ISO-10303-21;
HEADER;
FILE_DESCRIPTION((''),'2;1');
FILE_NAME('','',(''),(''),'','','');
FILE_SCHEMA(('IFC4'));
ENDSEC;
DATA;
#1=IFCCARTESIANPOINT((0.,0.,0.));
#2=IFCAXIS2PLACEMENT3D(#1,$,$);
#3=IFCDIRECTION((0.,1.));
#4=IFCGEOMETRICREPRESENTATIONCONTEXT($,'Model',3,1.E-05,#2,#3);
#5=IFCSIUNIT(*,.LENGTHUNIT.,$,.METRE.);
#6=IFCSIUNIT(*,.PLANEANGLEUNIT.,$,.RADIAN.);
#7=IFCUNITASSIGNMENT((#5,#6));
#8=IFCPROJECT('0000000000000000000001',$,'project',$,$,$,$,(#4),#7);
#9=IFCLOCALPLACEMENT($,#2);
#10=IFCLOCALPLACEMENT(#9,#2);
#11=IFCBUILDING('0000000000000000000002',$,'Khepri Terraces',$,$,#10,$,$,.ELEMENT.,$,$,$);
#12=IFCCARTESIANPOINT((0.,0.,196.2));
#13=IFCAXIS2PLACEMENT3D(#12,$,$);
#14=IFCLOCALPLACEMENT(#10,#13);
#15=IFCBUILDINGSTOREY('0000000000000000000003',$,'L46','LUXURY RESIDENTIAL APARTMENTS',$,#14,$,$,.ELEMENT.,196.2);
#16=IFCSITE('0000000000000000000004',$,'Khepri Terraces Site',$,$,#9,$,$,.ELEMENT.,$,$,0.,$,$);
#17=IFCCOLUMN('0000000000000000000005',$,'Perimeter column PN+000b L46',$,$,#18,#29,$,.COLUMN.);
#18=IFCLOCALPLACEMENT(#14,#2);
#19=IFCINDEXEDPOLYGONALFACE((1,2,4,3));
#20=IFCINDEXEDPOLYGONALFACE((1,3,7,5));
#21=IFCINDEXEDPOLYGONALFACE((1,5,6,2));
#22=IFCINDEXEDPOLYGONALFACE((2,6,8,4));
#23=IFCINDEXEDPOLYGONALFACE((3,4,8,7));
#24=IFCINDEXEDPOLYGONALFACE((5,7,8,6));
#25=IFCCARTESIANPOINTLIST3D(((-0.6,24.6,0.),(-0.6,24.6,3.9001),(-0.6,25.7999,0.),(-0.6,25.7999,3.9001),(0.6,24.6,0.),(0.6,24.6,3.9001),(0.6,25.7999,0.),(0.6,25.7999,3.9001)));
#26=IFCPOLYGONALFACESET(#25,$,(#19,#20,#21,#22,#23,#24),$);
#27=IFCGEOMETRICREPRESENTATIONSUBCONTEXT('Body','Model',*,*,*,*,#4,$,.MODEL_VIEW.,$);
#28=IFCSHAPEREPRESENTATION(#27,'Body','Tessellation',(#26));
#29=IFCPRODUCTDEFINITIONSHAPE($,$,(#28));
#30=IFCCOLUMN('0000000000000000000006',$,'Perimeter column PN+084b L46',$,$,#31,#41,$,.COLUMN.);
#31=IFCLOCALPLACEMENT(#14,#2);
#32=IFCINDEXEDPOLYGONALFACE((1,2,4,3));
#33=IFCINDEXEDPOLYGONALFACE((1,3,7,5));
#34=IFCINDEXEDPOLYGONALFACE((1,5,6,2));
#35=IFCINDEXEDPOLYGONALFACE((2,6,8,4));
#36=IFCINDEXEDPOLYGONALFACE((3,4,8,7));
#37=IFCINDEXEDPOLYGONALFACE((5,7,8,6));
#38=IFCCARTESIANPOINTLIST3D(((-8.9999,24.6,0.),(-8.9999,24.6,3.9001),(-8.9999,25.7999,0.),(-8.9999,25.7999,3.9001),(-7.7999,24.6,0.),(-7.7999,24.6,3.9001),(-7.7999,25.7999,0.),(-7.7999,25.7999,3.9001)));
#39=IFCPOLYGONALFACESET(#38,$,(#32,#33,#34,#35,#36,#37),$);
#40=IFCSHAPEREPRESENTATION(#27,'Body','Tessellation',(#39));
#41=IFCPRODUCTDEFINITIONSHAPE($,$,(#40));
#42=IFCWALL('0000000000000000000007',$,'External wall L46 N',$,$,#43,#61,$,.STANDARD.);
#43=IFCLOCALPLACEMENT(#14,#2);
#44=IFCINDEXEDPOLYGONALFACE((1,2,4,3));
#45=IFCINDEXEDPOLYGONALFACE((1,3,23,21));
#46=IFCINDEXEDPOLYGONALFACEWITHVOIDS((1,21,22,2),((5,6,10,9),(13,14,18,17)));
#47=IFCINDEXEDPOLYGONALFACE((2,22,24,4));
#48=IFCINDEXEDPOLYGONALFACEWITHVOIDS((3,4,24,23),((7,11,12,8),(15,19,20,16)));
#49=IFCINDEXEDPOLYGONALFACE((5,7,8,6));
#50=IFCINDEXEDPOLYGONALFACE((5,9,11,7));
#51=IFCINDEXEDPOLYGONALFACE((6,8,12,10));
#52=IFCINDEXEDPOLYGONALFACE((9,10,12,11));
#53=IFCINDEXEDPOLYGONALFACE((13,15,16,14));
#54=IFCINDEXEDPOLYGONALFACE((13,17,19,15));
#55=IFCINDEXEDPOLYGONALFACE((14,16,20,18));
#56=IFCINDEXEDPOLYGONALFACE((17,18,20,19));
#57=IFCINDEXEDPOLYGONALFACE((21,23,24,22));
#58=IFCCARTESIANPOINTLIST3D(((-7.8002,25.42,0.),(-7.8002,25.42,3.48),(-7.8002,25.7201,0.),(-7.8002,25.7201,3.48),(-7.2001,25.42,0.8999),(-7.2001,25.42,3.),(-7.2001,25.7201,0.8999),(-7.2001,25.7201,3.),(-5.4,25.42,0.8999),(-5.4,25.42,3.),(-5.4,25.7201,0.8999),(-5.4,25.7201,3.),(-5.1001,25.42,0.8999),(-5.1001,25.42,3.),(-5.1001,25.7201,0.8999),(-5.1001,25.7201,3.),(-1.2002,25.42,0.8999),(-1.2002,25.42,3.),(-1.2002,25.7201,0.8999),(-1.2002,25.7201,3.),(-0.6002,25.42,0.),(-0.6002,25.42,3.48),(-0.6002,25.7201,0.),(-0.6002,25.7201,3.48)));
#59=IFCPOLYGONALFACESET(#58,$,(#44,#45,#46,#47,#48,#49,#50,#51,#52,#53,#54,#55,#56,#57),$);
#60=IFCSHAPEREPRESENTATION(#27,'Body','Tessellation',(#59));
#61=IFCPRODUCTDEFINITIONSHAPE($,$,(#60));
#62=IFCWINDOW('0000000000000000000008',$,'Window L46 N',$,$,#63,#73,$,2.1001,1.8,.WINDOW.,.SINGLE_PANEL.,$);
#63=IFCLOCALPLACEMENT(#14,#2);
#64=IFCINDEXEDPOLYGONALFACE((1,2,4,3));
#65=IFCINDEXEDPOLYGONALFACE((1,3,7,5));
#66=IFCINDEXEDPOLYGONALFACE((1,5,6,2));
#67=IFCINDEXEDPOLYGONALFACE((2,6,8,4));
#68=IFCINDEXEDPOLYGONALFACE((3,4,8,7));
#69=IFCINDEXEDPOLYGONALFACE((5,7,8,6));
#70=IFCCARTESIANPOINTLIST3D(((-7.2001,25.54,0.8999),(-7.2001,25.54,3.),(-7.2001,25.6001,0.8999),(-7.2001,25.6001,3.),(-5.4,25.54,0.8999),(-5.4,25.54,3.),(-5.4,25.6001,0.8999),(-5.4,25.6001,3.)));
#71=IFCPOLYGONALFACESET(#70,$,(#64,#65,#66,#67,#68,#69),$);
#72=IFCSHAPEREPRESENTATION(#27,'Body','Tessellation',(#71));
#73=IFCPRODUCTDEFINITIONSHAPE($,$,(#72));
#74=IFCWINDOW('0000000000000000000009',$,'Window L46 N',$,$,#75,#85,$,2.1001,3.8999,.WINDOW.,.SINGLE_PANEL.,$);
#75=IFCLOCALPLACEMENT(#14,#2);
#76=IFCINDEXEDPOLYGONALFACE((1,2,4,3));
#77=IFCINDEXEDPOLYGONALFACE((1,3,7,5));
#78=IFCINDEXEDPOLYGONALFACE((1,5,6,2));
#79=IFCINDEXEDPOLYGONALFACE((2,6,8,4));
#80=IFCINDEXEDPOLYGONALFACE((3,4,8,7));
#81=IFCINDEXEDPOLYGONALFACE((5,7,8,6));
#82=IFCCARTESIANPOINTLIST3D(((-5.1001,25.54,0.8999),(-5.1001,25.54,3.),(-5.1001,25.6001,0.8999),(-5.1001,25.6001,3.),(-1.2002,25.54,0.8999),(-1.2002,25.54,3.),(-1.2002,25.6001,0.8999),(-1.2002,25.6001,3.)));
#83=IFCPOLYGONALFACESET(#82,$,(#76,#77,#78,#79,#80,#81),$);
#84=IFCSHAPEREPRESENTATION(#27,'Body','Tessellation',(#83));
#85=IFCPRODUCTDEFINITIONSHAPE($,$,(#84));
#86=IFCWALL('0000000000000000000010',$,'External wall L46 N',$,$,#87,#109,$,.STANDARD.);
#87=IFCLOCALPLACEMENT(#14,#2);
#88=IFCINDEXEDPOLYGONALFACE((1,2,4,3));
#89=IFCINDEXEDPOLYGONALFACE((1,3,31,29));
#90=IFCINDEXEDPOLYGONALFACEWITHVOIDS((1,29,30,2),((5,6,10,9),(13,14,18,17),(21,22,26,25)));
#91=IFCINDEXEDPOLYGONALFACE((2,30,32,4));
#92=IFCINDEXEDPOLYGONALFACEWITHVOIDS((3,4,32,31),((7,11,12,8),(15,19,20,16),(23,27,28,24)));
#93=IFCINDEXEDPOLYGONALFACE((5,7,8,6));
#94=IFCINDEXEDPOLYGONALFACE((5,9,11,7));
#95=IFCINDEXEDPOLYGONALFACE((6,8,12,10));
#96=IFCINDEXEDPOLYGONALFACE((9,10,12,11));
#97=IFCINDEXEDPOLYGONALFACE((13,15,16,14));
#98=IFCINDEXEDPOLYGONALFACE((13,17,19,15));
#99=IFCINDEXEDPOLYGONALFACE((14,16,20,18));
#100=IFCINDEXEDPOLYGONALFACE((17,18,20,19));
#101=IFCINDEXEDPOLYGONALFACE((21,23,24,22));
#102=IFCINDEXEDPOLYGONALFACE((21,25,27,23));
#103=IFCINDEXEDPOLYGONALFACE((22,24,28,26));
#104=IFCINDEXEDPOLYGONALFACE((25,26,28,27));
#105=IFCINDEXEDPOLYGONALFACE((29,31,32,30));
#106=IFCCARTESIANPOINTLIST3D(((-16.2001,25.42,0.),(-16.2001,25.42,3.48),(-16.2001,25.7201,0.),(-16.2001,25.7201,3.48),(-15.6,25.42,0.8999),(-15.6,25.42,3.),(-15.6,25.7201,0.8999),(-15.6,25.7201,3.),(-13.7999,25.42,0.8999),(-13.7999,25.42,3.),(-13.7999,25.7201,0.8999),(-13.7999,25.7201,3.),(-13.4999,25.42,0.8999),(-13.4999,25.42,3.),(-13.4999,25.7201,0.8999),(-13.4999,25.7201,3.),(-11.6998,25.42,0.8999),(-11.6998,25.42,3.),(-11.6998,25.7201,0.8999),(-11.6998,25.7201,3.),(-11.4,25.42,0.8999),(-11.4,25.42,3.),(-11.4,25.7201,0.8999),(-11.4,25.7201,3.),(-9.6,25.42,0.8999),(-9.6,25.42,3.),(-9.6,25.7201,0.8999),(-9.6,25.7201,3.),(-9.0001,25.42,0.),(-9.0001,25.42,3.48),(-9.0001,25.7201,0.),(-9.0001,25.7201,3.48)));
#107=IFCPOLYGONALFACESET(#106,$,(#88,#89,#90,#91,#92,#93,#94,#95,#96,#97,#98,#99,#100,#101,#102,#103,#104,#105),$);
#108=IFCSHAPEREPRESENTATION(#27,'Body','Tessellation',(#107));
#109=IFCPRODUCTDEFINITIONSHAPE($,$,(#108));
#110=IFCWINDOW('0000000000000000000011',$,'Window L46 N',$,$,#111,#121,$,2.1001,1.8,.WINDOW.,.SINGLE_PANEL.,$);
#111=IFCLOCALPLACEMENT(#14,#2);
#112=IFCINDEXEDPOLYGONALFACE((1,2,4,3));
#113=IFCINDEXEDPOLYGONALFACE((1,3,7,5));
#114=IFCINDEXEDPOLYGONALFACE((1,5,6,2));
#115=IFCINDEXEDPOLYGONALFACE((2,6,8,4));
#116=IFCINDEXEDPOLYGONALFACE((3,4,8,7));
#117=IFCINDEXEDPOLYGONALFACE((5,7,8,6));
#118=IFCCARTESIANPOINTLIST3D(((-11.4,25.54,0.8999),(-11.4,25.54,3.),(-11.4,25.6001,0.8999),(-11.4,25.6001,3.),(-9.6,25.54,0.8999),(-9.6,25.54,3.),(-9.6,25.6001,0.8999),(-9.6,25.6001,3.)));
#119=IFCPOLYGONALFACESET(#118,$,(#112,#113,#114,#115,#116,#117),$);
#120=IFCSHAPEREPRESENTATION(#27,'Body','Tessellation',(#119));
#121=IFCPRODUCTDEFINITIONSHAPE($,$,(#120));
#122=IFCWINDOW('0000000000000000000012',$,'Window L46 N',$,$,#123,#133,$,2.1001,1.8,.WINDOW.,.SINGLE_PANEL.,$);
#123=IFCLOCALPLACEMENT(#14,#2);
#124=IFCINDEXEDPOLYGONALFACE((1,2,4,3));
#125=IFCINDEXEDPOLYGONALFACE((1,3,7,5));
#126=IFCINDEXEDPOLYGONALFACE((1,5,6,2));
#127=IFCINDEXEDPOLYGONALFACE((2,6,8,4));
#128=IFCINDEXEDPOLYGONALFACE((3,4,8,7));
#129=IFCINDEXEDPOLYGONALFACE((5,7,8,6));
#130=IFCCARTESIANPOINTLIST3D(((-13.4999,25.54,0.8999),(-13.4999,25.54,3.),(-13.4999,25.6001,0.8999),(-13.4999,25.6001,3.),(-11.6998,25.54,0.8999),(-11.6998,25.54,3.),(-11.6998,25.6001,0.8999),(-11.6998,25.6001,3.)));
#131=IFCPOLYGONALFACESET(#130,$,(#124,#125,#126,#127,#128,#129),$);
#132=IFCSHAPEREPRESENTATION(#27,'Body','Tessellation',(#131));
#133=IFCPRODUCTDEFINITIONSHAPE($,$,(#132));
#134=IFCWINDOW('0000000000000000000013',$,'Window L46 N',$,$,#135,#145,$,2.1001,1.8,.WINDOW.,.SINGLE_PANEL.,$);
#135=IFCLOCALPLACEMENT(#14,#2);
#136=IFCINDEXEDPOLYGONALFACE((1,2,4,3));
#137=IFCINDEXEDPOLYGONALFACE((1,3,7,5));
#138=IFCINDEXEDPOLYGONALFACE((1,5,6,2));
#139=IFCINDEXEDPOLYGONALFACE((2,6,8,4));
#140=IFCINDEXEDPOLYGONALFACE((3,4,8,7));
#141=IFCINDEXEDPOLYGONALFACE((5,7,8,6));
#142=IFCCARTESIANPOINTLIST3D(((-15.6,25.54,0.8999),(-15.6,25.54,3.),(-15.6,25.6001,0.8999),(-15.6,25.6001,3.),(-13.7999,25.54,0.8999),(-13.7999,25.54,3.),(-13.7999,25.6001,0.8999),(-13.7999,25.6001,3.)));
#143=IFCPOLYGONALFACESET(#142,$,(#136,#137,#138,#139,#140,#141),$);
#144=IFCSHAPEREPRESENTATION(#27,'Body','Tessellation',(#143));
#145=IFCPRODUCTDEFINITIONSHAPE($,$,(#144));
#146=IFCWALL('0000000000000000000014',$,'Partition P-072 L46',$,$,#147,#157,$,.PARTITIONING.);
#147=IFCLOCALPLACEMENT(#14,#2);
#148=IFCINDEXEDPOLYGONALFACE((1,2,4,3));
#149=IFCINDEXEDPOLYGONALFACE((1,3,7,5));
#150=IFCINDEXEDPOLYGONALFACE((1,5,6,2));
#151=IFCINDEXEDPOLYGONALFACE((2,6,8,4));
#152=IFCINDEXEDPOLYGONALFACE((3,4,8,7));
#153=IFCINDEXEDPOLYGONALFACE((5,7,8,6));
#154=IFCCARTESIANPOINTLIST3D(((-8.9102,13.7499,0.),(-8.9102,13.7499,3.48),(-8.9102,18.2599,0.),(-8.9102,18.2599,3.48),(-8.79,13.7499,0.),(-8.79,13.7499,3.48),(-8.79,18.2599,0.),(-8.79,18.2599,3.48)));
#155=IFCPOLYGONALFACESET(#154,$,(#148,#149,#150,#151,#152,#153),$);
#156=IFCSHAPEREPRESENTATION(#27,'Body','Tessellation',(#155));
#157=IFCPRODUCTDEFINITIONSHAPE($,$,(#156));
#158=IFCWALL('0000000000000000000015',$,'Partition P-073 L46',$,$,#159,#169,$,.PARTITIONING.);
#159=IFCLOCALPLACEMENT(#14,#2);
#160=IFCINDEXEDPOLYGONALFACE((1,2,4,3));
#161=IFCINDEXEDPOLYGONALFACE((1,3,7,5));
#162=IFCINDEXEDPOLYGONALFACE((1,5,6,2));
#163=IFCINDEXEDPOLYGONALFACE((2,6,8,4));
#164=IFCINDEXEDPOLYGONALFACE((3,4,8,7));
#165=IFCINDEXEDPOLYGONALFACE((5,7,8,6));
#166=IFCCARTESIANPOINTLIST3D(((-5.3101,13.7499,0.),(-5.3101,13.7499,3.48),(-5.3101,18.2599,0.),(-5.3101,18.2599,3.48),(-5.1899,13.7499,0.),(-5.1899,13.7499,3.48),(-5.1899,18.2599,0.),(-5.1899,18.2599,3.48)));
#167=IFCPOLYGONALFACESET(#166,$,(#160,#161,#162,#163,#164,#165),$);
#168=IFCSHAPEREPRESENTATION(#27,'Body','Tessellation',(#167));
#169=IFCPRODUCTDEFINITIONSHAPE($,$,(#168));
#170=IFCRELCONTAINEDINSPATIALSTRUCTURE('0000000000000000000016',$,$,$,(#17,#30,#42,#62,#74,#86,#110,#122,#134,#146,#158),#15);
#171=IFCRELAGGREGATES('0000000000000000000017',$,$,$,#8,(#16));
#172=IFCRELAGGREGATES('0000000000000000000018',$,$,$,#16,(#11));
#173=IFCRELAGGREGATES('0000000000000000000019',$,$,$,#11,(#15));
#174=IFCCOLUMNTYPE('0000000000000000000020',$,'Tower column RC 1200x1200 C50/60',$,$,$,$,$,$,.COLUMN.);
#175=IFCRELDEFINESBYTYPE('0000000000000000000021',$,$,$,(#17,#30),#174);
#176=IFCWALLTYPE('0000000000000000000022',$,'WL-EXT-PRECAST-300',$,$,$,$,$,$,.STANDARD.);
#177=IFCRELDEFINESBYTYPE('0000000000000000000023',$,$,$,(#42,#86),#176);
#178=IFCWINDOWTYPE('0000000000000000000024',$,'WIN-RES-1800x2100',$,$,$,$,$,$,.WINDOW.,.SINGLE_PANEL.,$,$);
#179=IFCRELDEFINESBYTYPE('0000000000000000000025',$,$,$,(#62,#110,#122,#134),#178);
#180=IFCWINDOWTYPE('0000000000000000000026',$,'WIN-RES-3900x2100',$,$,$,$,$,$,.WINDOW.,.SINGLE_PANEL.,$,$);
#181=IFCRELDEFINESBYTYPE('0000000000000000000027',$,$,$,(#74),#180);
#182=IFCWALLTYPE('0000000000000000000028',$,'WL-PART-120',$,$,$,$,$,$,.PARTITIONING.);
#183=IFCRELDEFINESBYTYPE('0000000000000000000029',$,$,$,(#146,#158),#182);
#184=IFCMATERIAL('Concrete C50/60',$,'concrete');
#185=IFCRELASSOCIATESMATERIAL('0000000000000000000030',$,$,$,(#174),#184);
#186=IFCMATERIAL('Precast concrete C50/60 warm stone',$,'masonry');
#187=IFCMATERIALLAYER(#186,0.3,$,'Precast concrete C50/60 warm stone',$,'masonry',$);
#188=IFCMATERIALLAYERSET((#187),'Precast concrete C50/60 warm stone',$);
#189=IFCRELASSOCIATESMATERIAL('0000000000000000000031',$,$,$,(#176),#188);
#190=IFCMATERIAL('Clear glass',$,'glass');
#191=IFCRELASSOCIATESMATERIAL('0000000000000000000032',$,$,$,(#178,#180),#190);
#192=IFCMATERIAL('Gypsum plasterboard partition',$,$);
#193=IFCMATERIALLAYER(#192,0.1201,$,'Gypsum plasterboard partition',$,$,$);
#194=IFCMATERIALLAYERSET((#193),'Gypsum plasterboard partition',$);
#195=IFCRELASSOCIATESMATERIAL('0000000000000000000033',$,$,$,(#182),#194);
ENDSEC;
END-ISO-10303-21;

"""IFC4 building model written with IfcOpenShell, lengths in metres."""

from ifc_helpers import new_model, si_unit, direction, frame, frame_2d, origin, origin_2d, place, context, subcontext, project, spatial, rectangle, extrude, material, layer, layer_set, material_profile, profile_set, type_object, element, fill, save


model = new_model("IFC4")

# Units and contexts
model_context = context("Model", 3, precision=1e-05, world=origin(), true_north=direction((0.0, 1.0)))
body_context = subcontext(model_context, "Body", "Model", "MODEL_VIEW")
ifc_project = project(units=[si_unit("LENGTHUNIT", "METRE"), si_unit("PLANEANGLEUNIT", "RADIAN")], contexts=[model_context])

# Site, building, storey
site_placement = place(None, origin())
site = spatial("IfcSite", under=ifc_project, at=site_placement, Name="Khepri Terraces Site", CompositionType="ELEMENT", RefElevation=0.0)
building_placement = place(site_placement, origin())
building = spatial("IfcBuilding", under=site, at=building_placement, Name="Khepri Terraces", CompositionType="ELEMENT")
storey_placement = place(building_placement, frame((0.0, 0.0, 196.2)))
storey = spatial("IfcBuildingStorey", under=building, at=storey_placement, Name="L46", Description="LUXURY RESIDENTIAL APARTMENTS", CompositionType="ELEMENT", Elevation=196.2)

# Columns
ifc_material_1 = material(Name="Concrete C50/60", Category="concrete")
ifc_material_profile = material_profile(ifc_material_1, rectangle(XDim=1.2, YDim=1.2, at=origin_2d()), Name="Concrete C50/60", Category="concrete")
ifc_profile_set = profile_set([ifc_material_profile], Name="Concrete C50/60")
column_type = type_object("IfcColumnType", Name="Tower column RC 1200x1200 C50/60", PredefinedType="COLUMN", material=ifc_profile_set)
for number, where, z_axis, x_axis, name in (
    (1, (0.0, 25.2, 0.0), (0.0, 0.0, 1.0), (1.0, 0.0, 0.0), "Perimeter column PN+000b L46"),
    (2, (-8.3999, 25.2, 0.0), (0.0, 0.0, 1.0), (1.0, 0.0, 0.0), "Perimeter column PN+084b L46"),
):
    element("IfcColumn", number, at=place(storey_placement, frame(where, z_axis=z_axis, x_axis=x_axis)), inside=storey, type_object=column_type, Name=name, PredefinedType="COLUMN", context=body_context, shape_type="SweptSolid", body=[
        extrude(rectangle(XDim=1.2, YDim=1.2, at=origin_2d()), origin(), (0.0, 0.0, 1.0), 3.9001),
    ])

# Walls, openings, windows
ifc_material_2 = material(Name="Precast concrete C50/60 warm stone", Category="masonry")
ifc_layer_1 = layer(ifc_material_2, 0.3, Name="Precast concrete C50/60 warm stone", Category="masonry")
ifc_layer_set_1 = layer_set([ifc_layer_1], Name="Precast concrete C50/60 warm stone")
wall_type_1 = type_object("IfcWallType", Name="WL-EXT-PRECAST-300", PredefinedType="STANDARD", material=ifc_layer_set_1)
wall_1_placement = place(storey_placement, frame((-0.6001, 25.5701, 0.0), z_axis=(0.0, 0.0, 1.0), x_axis=(-1.0, 0.0, 0.0)))
wall_1 = element("IfcWall", 3, at=wall_1_placement, inside=storey, type_object=wall_type_1, Name="External wall L46 N", PredefinedType="STANDARD", context=body_context, shape_type="SweptSolid", body=[
    extrude(rectangle(XDim=7.2, YDim=0.3, at=frame_2d((3.6001, 0.0))), origin(), (0.0, 0.0, 1.0), 3.48),
])
opening_1_placement = place(wall_1_placement, frame((0.6001, 0.0, 0.8999)))
opening_1 = element("IfcOpeningElement", 4, at=opening_1_placement, cuts=wall_1, PredefinedType="OPENING", context=body_context, shape_type="SweptSolid", body=[
    extrude(rectangle(XDim=3.8999, YDim=2.1001, at=frame_2d((1.95, 1.05))), frame((0.0, 0.1602, 0.0), z_axis=(0.0, -1.0, 0.0), x_axis=(1.0, 0.0, 0.0)), (0.0, 0.0, 1.0), 0.3201),
])
opening_2_placement = place(wall_1_placement, frame((4.8, 0.0, 0.8999)))
opening_2 = element("IfcOpeningElement", 5, at=opening_2_placement, cuts=wall_1, PredefinedType="OPENING", context=body_context, shape_type="SweptSolid", body=[
    extrude(rectangle(XDim=1.8, YDim=2.1001, at=frame_2d((0.8999, 1.05))), frame((0.0, 0.1602, 0.0), z_axis=(0.0, -1.0, 0.0), x_axis=(1.0, 0.0, 0.0)), (0.0, 0.0, 1.0), 0.3201),
])
ifc_material_3 = material(Name="Clear glass", Category="glass")
window_type_1 = type_object("IfcWindowType", Name="WIN-RES-1800x2100", PartitioningType="SINGLE_PANEL", PredefinedType="WINDOW", material=ifc_material_3)
window_1_placement = place(opening_2_placement, origin())
window_1 = element("IfcWindow", 6, at=window_1_placement, inside=storey, type_object=window_type_1, Name="Window L46 N", OverallHeight=2.1001, OverallWidth=1.8, PartitioningType="SINGLE_PANEL", PredefinedType="WINDOW", context=body_context, shape_type="SweptSolid", body=[
    extrude(rectangle(XDim=1.8, YDim=2.1001, at=frame_2d((0.8999, 1.05))), frame((0.0, 0.03, 0.0), z_axis=(0.0, -1.0, 0.0), x_axis=(1.0, 0.0, 0.0)), (0.0, 0.0, 1.0), 0.0601),
])
fill(opening_2, window_1)
window_type_2 = type_object("IfcWindowType", Name="WIN-RES-3900x2100", PartitioningType="SINGLE_PANEL", PredefinedType="WINDOW", material=ifc_material_3)
window_2_placement = place(opening_1_placement, origin())
window_2 = element("IfcWindow", 7, at=window_2_placement, inside=storey, type_object=window_type_2, Name="Window L46 N", OverallHeight=2.1001, OverallWidth=3.8999, PartitioningType="SINGLE_PANEL", PredefinedType="WINDOW", context=body_context, shape_type="SweptSolid", body=[
    extrude(rectangle(XDim=3.8999, YDim=2.1001, at=frame_2d((1.95, 1.05))), frame((0.0, 0.03, 0.0), z_axis=(0.0, -1.0, 0.0), x_axis=(1.0, 0.0, 0.0)), (0.0, 0.0, 1.0), 0.0601),
])
fill(opening_1, window_2)
wall_2_placement = place(storey_placement, frame((-9.0, 25.5701, 0.0), z_axis=(0.0, 0.0, 1.0), x_axis=(-1.0, 0.0, 0.0)))
wall_2 = element("IfcWall", 8, at=wall_2_placement, inside=storey, type_object=wall_type_1, Name="External wall L46 N", PredefinedType="STANDARD", context=body_context, shape_type="SweptSolid", body=[
    extrude(rectangle(XDim=7.2, YDim=0.3, at=frame_2d((3.6001, 0.0))), origin(), (0.0, 0.0, 1.0), 3.48),
])
opening_3_placement = place(wall_2_placement, frame((0.6001, 0.0, 0.8999)))
opening_3 = element("IfcOpeningElement", 9, at=opening_3_placement, cuts=wall_2, PredefinedType="OPENING", context=body_context, shape_type="SweptSolid", body=[
    extrude(rectangle(XDim=1.8, YDim=2.1001, at=frame_2d((0.8999, 1.05))), frame((0.0, 0.1602, 0.0), z_axis=(0.0, -1.0, 0.0), x_axis=(1.0, 0.0, 0.0)), (0.0, 0.0, 1.0), 0.3201),
])
opening_4_placement = place(wall_2_placement, frame((2.7, 0.0, 0.8999)))
opening_4 = element("IfcOpeningElement", 10, at=opening_4_placement, cuts=wall_2, PredefinedType="OPENING", context=body_context, shape_type="SweptSolid", body=[
    extrude(rectangle(XDim=1.8, YDim=2.1001, at=frame_2d((0.8999, 1.05))), frame((0.0, 0.1602, 0.0), z_axis=(0.0, -1.0, 0.0), x_axis=(1.0, 0.0, 0.0)), (0.0, 0.0, 1.0), 0.3201),
])
opening_5_placement = place(wall_2_placement, frame((4.8, 0.0, 0.8999)))
opening_5 = element("IfcOpeningElement", 11, at=opening_5_placement, cuts=wall_2, PredefinedType="OPENING", context=body_context, shape_type="SweptSolid", body=[
    extrude(rectangle(XDim=1.8, YDim=2.1001, at=frame_2d((0.8999, 1.05))), frame((0.0, 0.1602, 0.0), z_axis=(0.0, -1.0, 0.0), x_axis=(1.0, 0.0, 0.0)), (0.0, 0.0, 1.0), 0.3201),
])
window_3_placement = place(opening_3_placement, origin())
window_3 = element("IfcWindow", 12, at=window_3_placement, inside=storey, type_object=window_type_1, Name="Window L46 N", OverallHeight=2.1001, OverallWidth=1.8, PartitioningType="SINGLE_PANEL", PredefinedType="WINDOW", context=body_context, shape_type="SweptSolid", body=[
    extrude(rectangle(XDim=1.8, YDim=2.1001, at=frame_2d((0.8999, 1.05))), frame((0.0, 0.03, 0.0), z_axis=(0.0, -1.0, 0.0), x_axis=(1.0, 0.0, 0.0)), (0.0, 0.0, 1.0), 0.0601),
])
fill(opening_3, window_3)
window_4_placement = place(opening_4_placement, origin())
window_4 = element("IfcWindow", 13, at=window_4_placement, inside=storey, type_object=window_type_1, Name="Window L46 N", OverallHeight=2.1001, OverallWidth=1.8, PartitioningType="SINGLE_PANEL", PredefinedType="WINDOW", context=body_context, shape_type="SweptSolid", body=[
    extrude(rectangle(XDim=1.8, YDim=2.1001, at=frame_2d((0.8999, 1.05))), frame((0.0, 0.03, 0.0), z_axis=(0.0, -1.0, 0.0), x_axis=(1.0, 0.0, 0.0)), (0.0, 0.0, 1.0), 0.0601),
])
fill(opening_4, window_4)
window_5_placement = place(opening_5_placement, origin())
window_5 = element("IfcWindow", 14, at=window_5_placement, inside=storey, type_object=window_type_1, Name="Window L46 N", OverallHeight=2.1001, OverallWidth=1.8, PartitioningType="SINGLE_PANEL", PredefinedType="WINDOW", context=body_context, shape_type="SweptSolid", body=[
    extrude(rectangle(XDim=1.8, YDim=2.1001, at=frame_2d((0.8999, 1.05))), frame((0.0, 0.03, 0.0), z_axis=(0.0, -1.0, 0.0), x_axis=(1.0, 0.0, 0.0)), (0.0, 0.0, 1.0), 0.0601),
])
fill(opening_5, window_5)

# Walls
ifc_material_4 = material(Name="Gypsum plasterboard partition")
ifc_layer_2 = layer(ifc_material_4, 0.1201, Name="Gypsum plasterboard partition")
ifc_layer_set_2 = layer_set([ifc_layer_2], Name="Gypsum plasterboard partition")
wall_type_2 = type_object("IfcWallType", Name="WL-PART-120", PredefinedType="PARTITIONING", material=ifc_layer_set_2)
for number, where, z_axis, x_axis, name in (
    (15, (-8.8501, 13.75, 0.0), (0.0, 0.0, 1.0), (0.0, 1.0, 0.0), "Partition P-072 L46"),
    (16, (-5.25, 13.75, 0.0), (0.0, 0.0, 1.0), (0.0, 1.0, 0.0), "Partition P-073 L46"),
):
    element("IfcWall", number, at=place(storey_placement, frame(where, z_axis=z_axis, x_axis=x_axis)), inside=storey, type_object=wall_type_2, Name=name, PredefinedType="PARTITIONING", context=body_context, shape_type="SweptSolid", body=[
        extrude(rectangle(XDim=4.51, YDim=0.1201, at=frame_2d((2.2549, 0.0))), origin(), (0.0, 0.0, 1.0), 3.48),
    ])

save(model, "model.ifc")
